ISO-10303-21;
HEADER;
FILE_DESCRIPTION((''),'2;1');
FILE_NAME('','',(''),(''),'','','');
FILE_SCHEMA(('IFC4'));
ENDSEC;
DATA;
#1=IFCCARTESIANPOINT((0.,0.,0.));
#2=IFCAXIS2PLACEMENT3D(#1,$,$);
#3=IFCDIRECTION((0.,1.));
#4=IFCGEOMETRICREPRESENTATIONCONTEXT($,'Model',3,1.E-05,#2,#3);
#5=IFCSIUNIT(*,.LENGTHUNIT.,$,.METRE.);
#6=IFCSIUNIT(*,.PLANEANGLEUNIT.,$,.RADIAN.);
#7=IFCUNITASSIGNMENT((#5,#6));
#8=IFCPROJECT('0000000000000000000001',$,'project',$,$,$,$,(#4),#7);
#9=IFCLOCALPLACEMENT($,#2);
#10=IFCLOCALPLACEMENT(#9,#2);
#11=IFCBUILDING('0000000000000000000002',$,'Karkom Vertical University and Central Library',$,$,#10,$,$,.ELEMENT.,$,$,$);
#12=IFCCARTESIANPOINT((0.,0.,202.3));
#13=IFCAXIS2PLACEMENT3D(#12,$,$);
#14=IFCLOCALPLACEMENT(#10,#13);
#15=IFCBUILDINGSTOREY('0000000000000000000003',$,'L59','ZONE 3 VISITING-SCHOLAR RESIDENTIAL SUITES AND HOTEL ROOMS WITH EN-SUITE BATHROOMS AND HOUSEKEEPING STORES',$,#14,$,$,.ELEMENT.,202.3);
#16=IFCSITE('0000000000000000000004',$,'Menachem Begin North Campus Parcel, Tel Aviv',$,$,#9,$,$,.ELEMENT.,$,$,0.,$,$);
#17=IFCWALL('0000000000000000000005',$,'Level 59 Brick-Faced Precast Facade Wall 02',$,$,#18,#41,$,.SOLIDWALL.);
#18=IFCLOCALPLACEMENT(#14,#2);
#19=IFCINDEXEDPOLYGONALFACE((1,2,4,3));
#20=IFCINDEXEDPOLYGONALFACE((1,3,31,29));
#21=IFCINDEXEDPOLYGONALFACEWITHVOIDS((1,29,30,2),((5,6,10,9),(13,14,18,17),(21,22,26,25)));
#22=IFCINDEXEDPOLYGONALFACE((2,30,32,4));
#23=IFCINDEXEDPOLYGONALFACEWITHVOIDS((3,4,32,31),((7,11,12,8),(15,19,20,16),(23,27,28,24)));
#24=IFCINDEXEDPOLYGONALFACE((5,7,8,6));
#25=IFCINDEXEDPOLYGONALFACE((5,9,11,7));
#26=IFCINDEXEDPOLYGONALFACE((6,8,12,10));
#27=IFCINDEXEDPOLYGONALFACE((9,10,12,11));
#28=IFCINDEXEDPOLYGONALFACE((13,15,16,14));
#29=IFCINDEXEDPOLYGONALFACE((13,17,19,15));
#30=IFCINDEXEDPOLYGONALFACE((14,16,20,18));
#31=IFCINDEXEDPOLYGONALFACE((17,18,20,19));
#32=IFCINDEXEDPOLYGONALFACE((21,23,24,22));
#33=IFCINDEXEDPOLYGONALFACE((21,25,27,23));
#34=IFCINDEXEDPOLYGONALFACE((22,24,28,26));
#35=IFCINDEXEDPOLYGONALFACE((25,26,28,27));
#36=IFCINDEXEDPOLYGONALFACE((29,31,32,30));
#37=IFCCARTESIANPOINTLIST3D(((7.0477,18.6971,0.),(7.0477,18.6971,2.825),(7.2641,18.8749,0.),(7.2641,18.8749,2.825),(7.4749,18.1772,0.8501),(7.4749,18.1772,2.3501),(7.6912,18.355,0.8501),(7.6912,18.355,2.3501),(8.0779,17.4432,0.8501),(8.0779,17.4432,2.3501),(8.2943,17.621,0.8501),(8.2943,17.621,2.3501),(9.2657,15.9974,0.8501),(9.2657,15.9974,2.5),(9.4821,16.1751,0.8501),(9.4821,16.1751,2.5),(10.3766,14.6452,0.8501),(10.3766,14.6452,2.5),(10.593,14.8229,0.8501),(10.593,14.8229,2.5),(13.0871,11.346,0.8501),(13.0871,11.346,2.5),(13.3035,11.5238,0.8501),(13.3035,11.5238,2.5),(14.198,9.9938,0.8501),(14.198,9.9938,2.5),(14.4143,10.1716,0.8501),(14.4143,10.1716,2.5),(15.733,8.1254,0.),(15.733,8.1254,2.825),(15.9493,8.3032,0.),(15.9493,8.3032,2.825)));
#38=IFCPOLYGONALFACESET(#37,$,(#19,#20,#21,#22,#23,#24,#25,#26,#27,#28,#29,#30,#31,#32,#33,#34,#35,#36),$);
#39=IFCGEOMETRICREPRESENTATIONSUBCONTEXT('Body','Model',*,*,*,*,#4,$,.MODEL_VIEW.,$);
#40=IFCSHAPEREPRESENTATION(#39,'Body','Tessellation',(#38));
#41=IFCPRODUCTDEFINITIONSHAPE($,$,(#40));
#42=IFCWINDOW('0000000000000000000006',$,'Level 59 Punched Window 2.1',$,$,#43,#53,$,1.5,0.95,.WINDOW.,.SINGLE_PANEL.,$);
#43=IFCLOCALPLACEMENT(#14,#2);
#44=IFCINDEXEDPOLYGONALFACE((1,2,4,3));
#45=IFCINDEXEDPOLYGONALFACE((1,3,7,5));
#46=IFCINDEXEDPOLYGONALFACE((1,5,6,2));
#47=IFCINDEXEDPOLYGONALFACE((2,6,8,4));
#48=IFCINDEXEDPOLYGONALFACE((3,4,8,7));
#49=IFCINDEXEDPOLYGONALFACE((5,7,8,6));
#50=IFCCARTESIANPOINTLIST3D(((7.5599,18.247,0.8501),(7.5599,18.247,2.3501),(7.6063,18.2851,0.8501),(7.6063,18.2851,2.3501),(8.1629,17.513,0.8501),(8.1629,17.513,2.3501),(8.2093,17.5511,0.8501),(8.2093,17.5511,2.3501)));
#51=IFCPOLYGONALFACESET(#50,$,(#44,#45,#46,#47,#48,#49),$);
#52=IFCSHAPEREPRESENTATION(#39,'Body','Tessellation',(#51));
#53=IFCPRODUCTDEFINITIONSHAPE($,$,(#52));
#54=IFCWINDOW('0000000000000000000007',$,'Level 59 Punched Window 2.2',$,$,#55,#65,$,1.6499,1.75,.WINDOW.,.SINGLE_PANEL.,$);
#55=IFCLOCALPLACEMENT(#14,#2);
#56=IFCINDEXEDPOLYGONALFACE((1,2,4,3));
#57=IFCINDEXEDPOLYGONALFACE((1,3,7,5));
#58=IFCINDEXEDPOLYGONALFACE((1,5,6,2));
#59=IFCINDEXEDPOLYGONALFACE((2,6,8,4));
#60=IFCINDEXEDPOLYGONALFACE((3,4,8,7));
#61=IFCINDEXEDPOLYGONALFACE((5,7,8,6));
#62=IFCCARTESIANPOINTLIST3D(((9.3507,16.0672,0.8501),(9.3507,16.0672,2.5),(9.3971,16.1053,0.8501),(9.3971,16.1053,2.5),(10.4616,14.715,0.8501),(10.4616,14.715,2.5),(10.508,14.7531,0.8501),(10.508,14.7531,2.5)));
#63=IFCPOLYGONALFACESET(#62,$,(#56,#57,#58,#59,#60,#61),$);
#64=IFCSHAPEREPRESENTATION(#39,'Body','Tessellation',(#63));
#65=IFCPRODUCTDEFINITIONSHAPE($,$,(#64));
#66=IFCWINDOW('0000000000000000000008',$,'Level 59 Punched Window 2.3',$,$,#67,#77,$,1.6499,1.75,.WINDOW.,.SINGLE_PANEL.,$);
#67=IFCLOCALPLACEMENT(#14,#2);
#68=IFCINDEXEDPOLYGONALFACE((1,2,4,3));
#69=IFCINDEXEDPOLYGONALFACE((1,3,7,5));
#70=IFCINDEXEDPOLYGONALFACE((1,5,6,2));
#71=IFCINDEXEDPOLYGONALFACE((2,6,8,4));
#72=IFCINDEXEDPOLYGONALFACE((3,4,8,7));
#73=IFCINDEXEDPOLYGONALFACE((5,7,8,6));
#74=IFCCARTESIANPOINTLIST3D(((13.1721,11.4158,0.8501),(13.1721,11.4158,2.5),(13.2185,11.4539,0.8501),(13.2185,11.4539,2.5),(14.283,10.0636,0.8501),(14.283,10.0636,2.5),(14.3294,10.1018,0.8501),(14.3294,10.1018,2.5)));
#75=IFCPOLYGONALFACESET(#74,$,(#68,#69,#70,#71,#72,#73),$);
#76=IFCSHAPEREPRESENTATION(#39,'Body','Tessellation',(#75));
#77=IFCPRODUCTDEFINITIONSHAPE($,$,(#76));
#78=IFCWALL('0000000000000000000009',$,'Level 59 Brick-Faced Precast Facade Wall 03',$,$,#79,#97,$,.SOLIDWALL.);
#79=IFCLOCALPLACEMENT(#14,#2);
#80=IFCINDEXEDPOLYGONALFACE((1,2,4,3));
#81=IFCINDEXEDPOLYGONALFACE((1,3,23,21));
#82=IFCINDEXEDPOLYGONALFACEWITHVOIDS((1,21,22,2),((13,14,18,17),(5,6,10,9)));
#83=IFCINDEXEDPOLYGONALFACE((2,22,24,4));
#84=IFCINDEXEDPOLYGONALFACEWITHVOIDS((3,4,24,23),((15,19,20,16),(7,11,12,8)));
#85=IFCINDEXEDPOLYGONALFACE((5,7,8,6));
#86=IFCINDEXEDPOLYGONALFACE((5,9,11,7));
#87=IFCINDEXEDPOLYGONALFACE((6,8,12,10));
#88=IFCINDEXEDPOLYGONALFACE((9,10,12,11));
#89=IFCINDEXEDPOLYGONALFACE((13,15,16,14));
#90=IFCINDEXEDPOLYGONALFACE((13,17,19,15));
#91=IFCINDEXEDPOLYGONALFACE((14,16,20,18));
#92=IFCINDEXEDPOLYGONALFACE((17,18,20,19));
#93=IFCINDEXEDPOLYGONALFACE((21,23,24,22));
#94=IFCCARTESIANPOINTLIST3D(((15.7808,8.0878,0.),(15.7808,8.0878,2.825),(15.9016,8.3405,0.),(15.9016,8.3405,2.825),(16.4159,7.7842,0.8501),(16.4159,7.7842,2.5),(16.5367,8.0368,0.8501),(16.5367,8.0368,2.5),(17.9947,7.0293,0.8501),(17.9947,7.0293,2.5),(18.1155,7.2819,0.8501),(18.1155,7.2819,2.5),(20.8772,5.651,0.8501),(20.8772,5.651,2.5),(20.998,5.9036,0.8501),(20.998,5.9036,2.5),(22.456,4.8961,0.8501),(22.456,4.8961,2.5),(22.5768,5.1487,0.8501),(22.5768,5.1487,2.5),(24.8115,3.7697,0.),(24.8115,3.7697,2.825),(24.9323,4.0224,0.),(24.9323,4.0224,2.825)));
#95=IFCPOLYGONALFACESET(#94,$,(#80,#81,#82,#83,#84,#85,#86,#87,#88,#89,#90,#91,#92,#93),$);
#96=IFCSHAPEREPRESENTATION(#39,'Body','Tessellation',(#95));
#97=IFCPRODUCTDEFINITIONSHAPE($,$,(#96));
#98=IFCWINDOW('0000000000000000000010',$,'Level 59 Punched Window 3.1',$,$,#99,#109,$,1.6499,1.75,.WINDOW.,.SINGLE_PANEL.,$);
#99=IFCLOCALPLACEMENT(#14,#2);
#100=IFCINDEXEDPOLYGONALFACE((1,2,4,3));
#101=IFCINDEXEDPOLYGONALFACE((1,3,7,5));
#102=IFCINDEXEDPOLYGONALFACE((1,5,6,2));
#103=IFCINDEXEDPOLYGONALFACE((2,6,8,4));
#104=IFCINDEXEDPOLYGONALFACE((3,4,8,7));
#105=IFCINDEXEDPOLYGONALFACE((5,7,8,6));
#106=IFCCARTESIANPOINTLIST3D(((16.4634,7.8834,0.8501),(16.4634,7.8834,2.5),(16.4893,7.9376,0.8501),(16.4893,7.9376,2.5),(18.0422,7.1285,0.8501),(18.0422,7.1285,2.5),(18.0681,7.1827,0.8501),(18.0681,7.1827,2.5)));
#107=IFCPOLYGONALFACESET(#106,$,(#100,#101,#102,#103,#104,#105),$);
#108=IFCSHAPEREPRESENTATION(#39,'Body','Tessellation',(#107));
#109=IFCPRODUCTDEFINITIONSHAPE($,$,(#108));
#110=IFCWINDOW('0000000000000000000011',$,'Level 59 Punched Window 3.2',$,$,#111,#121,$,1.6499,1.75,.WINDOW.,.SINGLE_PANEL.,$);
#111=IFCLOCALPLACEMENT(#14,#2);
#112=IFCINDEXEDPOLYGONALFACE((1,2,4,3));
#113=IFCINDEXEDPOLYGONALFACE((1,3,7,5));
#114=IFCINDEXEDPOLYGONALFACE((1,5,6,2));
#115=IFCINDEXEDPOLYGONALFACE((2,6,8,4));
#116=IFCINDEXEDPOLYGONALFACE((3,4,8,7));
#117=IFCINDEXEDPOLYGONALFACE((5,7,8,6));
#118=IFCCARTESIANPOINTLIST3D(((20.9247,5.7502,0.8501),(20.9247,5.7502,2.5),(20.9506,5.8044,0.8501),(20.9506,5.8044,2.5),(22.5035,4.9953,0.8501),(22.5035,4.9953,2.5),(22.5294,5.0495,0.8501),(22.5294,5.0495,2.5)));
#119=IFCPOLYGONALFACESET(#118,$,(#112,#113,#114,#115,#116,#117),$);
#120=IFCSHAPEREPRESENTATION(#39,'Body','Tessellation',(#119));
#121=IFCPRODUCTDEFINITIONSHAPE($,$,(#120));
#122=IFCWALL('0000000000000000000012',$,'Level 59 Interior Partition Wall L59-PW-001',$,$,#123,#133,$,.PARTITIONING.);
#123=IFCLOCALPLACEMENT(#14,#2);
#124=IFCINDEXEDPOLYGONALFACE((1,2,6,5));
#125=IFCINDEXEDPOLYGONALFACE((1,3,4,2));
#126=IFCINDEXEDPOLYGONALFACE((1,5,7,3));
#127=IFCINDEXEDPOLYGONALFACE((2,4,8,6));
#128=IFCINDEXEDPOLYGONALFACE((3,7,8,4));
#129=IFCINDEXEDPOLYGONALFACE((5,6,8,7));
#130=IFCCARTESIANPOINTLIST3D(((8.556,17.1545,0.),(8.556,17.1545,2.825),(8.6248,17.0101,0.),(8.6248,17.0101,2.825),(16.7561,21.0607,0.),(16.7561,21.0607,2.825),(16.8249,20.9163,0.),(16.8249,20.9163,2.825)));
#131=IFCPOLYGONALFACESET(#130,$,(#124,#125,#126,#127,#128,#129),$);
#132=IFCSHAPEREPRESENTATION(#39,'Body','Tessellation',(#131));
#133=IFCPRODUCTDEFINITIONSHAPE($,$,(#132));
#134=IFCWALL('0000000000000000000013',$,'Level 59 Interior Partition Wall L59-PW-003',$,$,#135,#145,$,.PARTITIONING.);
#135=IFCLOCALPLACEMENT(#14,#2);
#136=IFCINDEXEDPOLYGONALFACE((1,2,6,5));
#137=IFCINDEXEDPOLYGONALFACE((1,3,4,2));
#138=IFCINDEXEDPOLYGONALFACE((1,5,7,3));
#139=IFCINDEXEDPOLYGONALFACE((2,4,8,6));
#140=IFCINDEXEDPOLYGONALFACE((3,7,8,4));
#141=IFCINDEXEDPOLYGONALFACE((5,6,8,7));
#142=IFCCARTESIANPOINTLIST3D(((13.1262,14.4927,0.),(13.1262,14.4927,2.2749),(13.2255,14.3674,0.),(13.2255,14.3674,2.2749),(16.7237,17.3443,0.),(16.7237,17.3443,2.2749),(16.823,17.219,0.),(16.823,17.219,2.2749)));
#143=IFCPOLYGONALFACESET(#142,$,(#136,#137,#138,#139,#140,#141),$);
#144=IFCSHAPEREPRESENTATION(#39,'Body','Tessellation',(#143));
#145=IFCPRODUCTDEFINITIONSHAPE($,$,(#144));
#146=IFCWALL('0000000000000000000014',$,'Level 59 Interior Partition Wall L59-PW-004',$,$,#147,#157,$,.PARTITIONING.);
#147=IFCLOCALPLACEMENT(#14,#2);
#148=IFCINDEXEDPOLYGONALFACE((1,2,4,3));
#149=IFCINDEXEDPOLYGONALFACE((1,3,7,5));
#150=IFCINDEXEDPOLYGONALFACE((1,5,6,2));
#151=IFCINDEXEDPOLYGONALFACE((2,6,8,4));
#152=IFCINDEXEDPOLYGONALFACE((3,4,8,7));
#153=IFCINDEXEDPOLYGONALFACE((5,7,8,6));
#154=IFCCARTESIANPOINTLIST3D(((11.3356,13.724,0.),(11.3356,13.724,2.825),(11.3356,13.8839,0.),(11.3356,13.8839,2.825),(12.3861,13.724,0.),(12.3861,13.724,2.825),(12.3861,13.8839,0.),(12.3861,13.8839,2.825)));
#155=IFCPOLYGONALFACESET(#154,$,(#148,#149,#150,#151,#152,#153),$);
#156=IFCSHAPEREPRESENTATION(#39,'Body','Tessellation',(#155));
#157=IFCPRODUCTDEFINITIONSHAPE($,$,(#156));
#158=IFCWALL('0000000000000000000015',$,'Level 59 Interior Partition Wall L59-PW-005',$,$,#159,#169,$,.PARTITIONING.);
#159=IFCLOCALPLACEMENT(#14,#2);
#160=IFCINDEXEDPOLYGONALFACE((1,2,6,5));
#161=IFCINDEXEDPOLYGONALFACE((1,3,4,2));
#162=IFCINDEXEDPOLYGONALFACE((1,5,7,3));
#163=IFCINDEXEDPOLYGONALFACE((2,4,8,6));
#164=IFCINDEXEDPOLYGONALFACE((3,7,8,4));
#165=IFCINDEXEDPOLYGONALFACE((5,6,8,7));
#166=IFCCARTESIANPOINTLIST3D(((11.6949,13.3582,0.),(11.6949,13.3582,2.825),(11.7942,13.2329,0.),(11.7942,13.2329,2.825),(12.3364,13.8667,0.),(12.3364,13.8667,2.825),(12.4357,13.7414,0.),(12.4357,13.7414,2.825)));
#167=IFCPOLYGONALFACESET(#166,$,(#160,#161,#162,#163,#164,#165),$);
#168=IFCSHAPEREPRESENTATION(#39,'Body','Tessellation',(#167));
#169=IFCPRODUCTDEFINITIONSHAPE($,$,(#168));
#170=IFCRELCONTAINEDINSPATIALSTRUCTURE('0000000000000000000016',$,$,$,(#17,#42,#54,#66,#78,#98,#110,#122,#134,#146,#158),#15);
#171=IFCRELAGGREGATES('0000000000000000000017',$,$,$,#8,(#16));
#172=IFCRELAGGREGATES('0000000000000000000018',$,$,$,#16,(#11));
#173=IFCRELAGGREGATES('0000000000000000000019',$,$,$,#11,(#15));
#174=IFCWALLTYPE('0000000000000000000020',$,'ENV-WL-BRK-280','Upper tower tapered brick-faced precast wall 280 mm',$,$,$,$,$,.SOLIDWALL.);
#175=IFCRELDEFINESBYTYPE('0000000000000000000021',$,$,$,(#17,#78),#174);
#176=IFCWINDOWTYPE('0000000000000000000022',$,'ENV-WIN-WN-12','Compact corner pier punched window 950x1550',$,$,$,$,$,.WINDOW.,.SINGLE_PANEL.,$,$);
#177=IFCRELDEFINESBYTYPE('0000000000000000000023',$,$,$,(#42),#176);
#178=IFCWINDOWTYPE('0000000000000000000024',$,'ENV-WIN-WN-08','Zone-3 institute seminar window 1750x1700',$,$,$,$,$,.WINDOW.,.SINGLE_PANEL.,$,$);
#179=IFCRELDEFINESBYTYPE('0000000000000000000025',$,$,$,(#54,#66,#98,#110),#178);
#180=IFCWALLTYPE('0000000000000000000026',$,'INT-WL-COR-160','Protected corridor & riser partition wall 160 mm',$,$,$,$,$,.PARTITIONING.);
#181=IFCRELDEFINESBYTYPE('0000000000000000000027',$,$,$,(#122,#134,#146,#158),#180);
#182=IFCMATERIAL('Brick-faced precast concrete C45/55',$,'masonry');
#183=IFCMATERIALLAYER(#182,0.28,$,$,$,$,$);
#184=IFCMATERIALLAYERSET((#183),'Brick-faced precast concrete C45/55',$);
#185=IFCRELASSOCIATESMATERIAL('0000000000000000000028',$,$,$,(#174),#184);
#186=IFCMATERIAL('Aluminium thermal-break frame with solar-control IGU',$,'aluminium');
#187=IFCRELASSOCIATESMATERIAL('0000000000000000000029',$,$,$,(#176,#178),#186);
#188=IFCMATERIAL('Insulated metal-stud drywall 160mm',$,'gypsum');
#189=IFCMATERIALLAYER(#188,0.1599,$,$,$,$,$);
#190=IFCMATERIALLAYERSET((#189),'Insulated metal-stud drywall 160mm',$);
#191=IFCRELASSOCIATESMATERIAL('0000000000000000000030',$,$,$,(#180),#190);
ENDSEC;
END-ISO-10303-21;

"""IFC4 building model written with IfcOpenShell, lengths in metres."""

from ifc_helpers import new_model, si_unit, direction, frame, frame_2d, origin, origin_with_axes, place, context, subcontext, project, spatial, rectangle, extrude, source, transform, mapped, material, layer, layer_set, type_object, element, fill, save


model = new_model("IFC4")

# Units and contexts
model_context = context("Model", 3, precision=1e-05, world=origin(), true_north=direction((0.0, 1.0)))
body_context = subcontext(model_context, "Body", "Model", "MODEL_VIEW")
ifc_project = project(units=[si_unit("LENGTHUNIT", "METRE"), si_unit("PLANEANGLEUNIT", "RADIAN")], contexts=[model_context])

# Site, building, storey
site_placement = place(None, origin())
site = spatial("IfcSite", under=ifc_project, at=site_placement, Name="Menachem Begin North Campus Parcel, Tel Aviv", CompositionType="ELEMENT", RefElevation=0.0)
building_placement = place(site_placement, origin())
building = spatial("IfcBuilding", under=site, at=building_placement, Name="Karkom Vertical University and Central Library", CompositionType="ELEMENT")
storey_placement = place(building_placement, frame((0.0, 0.0, 202.3)))
storey = spatial("IfcBuildingStorey", under=building, at=storey_placement, Name="L59", Description="ZONE 3 VISITING-SCHOLAR RESIDENTIAL SUITES AND HOTEL ROOMS WITH EN-SUITE BATHROOMS AND HOUSEKEEPING STORES", CompositionType="ELEMENT", Elevation=202.3)

# Walls, openings, windows
ifc_material_1 = material(Name="Brick-faced precast concrete C45/55", Category="masonry")
ifc_layer_1 = layer(ifc_material_1, 0.28)
ifc_layer_set_1 = layer_set([ifc_layer_1], Name="Brick-faced precast concrete C45/55")
wall_type_1 = type_object("IfcWallType", Name="ENV-WL-BRK-280", Description="Upper tower tapered brick-faced precast wall 280 mm", PredefinedType="SOLIDWALL", material=ifc_layer_set_1)
wall_1_placement = place(storey_placement, frame((7.156, 18.7859, 0.0), z_axis=(0.0, 0.0, 1.0), x_axis=(0.634798, -0.772678, 0.0)))
wall_1 = element("IfcWall", 1, at=wall_1_placement, inside=storey, type_object=wall_type_1, Name="Level 59 Brick-Faced Precast Facade Wall 02", PredefinedType="SOLIDWALL", context=body_context, shape_type="SweptSolid", body=[
    extrude(rectangle(XDim=13.6819, YDim=0.28, at=frame_2d((6.8408, 0.0))), origin(), (0.0, 0.0, 1.0), 2.825),
])
opening_1_placement = place(wall_1_placement, frame((0.6726, 0.0, 0.8501)))
opening_1 = element("IfcOpeningElement", 2, at=opening_1_placement, cuts=wall_1, PredefinedType="OPENING", context=body_context, shape_type="SweptSolid", body=[
    extrude(rectangle(XDim=0.95, YDim=1.5, at=frame_2d((0.4751, 0.75))), frame((0.0, 0.1499, 0.0), z_axis=(0.0, -1.0, 0.0), x_axis=(1.0, 0.0, 0.0)), (0.0, 0.0, 1.0), 0.3),
])
opening_2_placement = place(wall_1_placement, frame((3.4939, 0.0, 0.8501)))
opening_2 = element("IfcOpeningElement", 3, at=opening_2_placement, cuts=wall_1, PredefinedType="OPENING", context=body_context, shape_type="SweptSolid", body=[
    extrude(rectangle(XDim=1.75, YDim=1.6499, at=frame_2d((0.875, 0.825))), frame((0.0, 0.1499, 0.0), z_axis=(0.0, -1.0, 0.0), x_axis=(1.0, 0.0, 0.0)), (0.0, 0.0, 1.0), 0.3),
])
opening_3_placement = place(wall_1_placement, frame((9.5137, 0.0, 0.8501)))
opening_3 = element("IfcOpeningElement", 4, at=opening_3_placement, cuts=wall_1, PredefinedType="OPENING", context=body_context, shape_type="SweptSolid", body=[
    extrude(rectangle(XDim=1.75, YDim=1.6499, at=frame_2d((0.875, 0.825))), frame((0.0, 0.1499, 0.0), z_axis=(0.0, -1.0, 0.0), x_axis=(1.0, 0.0, 0.0)), (0.0, 0.0, 1.0), 0.3),
])
ifc_material_2 = material(Name="Aluminium thermal-break frame with solar-control IGU", Category="aluminium")
window_type_1 = type_object("IfcWindowType", Name="ENV-WIN-WN-12", Description="Compact corner pier punched window 950x1550", PartitioningType="SINGLE_PANEL", PredefinedType="WINDOW", material=ifc_material_2)
shared_shape_1 = source(origin_with_axes(), body_context, "Body", "SweptSolid", [
    extrude(rectangle(XDim=0.95, YDim=1.5, at=frame_2d((0.4751, 0.75))), frame((0.0, 0.03, 0.0), z_axis=(0.0, -1.0, 0.0), x_axis=(1.0, 0.0, 0.0)), (0.0, 0.0, 1.0), 0.0601),
])
window_1_placement = place(opening_1_placement, origin())
window_1 = element("IfcWindow", 5, at=window_1_placement, inside=storey, type_object=window_type_1, Name="Level 59 Punched Window 2.1", OverallHeight=1.5, OverallWidth=0.95, PartitioningType="SINGLE_PANEL", PredefinedType="WINDOW", context=body_context, shape_type="MappedRepresentation", body=[
    mapped(shared_shape_1, transform((0.0, 0.0, 0.0), scale=1.0)),
])
fill(opening_1, window_1)
window_type_2 = type_object("IfcWindowType", Name="ENV-WIN-WN-08", Description="Zone-3 institute seminar window 1750x1700", PartitioningType="SINGLE_PANEL", PredefinedType="WINDOW", material=ifc_material_2)
shared_shape_2 = source(origin_with_axes(), body_context, "Body", "SweptSolid", [
    extrude(rectangle(XDim=1.75, YDim=1.6499, at=frame_2d((0.875, 0.825))), frame((0.0, 0.03, 0.0), z_axis=(0.0, -1.0, 0.0), x_axis=(1.0, 0.0, 0.0)), (0.0, 0.0, 1.0), 0.0601),
])
window_2_placement = place(opening_2_placement, origin())
window_2 = element("IfcWindow", 6, at=window_2_placement, inside=storey, type_object=window_type_2, Name="Level 59 Punched Window 2.2", OverallHeight=1.6499, OverallWidth=1.75, PartitioningType="SINGLE_PANEL", PredefinedType="WINDOW", context=body_context, shape_type="MappedRepresentation", body=[
    mapped(shared_shape_2, transform((0.0, 0.0, 0.0), scale=1.0)),
])
fill(opening_2, window_2)
window_3_placement = place(opening_3_placement, origin())
window_3 = element("IfcWindow", 7, at=window_3_placement, inside=storey, type_object=window_type_2, Name="Level 59 Punched Window 2.3", OverallHeight=1.6499, OverallWidth=1.75, PartitioningType="SINGLE_PANEL", PredefinedType="WINDOW", context=body_context, shape_type="MappedRepresentation", body=[
    mapped(shared_shape_2, transform((0.0, 0.0, 0.0), scale=1.0)),
])
fill(opening_3, window_3)
wall_2_placement = place(storey_placement, frame((15.8413, 8.2141, 0.0), z_axis=(0.0, 0.0, 1.0), x_axis=(0.902171, -0.431379, 0.0)))
wall_2 = element("IfcWall", 8, at=wall_2_placement, inside=storey, type_object=wall_type_1, Name="Level 59 Brick-Faced Precast Facade Wall 03", PredefinedType="SOLIDWALL", context=body_context, shape_type="SweptSolid", body=[
    extrude(rectangle(XDim=10.01, YDim=0.28, at=frame_2d((5.0049, 0.0))), origin(), (0.0, 0.0, 1.0), 2.825),
])
opening_4_placement = place(wall_2_placement, frame((0.7039, 0.0, 0.8501)))
opening_4 = element("IfcOpeningElement", 9, at=opening_4_placement, cuts=wall_2, PredefinedType="OPENING", context=body_context, shape_type="SweptSolid", body=[
    extrude(rectangle(XDim=1.75, YDim=1.6499, at=frame_2d((0.875, 0.825))), frame((0.0, 0.1499, 0.0), z_axis=(0.0, -1.0, 0.0), x_axis=(1.0, 0.0, 0.0)), (0.0, 0.0, 1.0), 0.3),
])
opening_5_placement = place(wall_2_placement, frame((5.6489, 0.0, 0.8501)))
opening_5 = element("IfcOpeningElement", 10, at=opening_5_placement, cuts=wall_2, PredefinedType="OPENING", context=body_context, shape_type="SweptSolid", body=[
    extrude(rectangle(XDim=1.75, YDim=1.6499, at=frame_2d((0.875, 0.825))), frame((0.0, 0.1499, 0.0), z_axis=(0.0, -1.0, 0.0), x_axis=(1.0, 0.0, 0.0)), (0.0, 0.0, 1.0), 0.3),
])
window_4_placement = place(opening_4_placement, origin())
window_4 = element("IfcWindow", 11, at=window_4_placement, inside=storey, type_object=window_type_2, Name="Level 59 Punched Window 3.1", OverallHeight=1.6499, OverallWidth=1.75, PartitioningType="SINGLE_PANEL", PredefinedType="WINDOW", context=body_context, shape_type="MappedRepresentation", body=[
    mapped(shared_shape_2, transform((0.0, 0.0, 0.0), scale=1.0)),
])
fill(opening_4, window_4)
window_5_placement = place(opening_5_placement, origin())
window_5 = element("IfcWindow", 12, at=window_5_placement, inside=storey, type_object=window_type_2, Name="Level 59 Punched Window 3.2", OverallHeight=1.6499, OverallWidth=1.75, PartitioningType="SINGLE_PANEL", PredefinedType="WINDOW", context=body_context, shape_type="MappedRepresentation", body=[
    mapped(shared_shape_2, transform((0.0, 0.0, 0.0), scale=1.0)),
])
fill(opening_5, window_5)

# Shared definitions
ifc_material_3 = material(Name="Insulated metal-stud drywall 160mm", Category="gypsum")
ifc_layer_2 = layer(ifc_material_3, 0.1599)
ifc_layer_set_2 = layer_set([ifc_layer_2], Name="Insulated metal-stud drywall 160mm")
wall_type_2 = type_object("IfcWallType", Name="INT-WL-COR-160", Description="Protected corridor & riser partition wall 160 mm", PredefinedType="PARTITIONING", material=ifc_layer_set_2)

# Walls
wall_3_placement = place(storey_placement, frame((16.7905, 20.9885, 0.0), z_axis=(0.0, 0.0, 1.0), x_axis=(-0.902801, -0.430059, 0.0)))
element("IfcWall", 13, at=wall_3_placement, inside=storey, type_object=wall_type_2, Name="Level 59 Interior Partition Wall L59-PW-001", PredefinedType="PARTITIONING", context=body_context, shape_type="SweptSolid", body=[
    extrude(rectangle(XDim=9.083, YDim=0.1599, at=frame_2d((4.5415, 0.0))), origin(), (0.0, 0.0, 1.0), 2.825),
])
wall_4_placement = place(storey_placement, frame((16.7734, 17.2817, 0.0), z_axis=(0.0, 0.0, 1.0), x_axis=(-0.783663, -0.621186, 0.0)))
element("IfcWall", 14, at=wall_4_placement, inside=storey, type_object=wall_type_2, Name="Level 59 Interior Partition Wall L59-PW-003", PredefinedType="PARTITIONING", context=body_context, shape_type="SweptSolid", body=[
    extrude(rectangle(XDim=4.5906, YDim=0.1599, at=frame_2d((2.2954, 0.0))), origin(), (0.0, 0.0, 1.0), 2.2749),
])
wall_5_placement = place(storey_placement, frame((11.3354, 13.804, 0.0), z_axis=(0.0, 0.0, 1.0), x_axis=(1.0, 0.0, 0.0)))
element("IfcWall", 15, at=wall_5_placement, inside=storey, type_object=wall_type_2, Name="Level 59 Interior Partition Wall L59-PW-004", PredefinedType="PARTITIONING", context=body_context, shape_type="SweptSolid", body=[
    extrude(rectangle(XDim=1.0505, YDim=0.1599, at=frame_2d((0.5254, 0.0))), origin(), (0.0, 0.0, 1.0), 2.825),
])
wall_6_placement = place(storey_placement, frame((12.386, 13.804, 0.0), z_axis=(0.0, 0.0, 1.0), x_axis=(-0.783683, -0.621161, 0.0)))
element("IfcWall", 16, at=wall_6_placement, inside=storey, type_object=wall_type_2, Name="Level 59 Interior Partition Wall L59-PW-005", PredefinedType="PARTITIONING", context=body_context, shape_type="SweptSolid", body=[
    extrude(rectangle(XDim=0.8186, YDim=0.1599, at=frame_2d((0.4092, 0.0))), origin(), (0.0, 0.0, 1.0), 2.825),
])

save(model, "model.ifc")
